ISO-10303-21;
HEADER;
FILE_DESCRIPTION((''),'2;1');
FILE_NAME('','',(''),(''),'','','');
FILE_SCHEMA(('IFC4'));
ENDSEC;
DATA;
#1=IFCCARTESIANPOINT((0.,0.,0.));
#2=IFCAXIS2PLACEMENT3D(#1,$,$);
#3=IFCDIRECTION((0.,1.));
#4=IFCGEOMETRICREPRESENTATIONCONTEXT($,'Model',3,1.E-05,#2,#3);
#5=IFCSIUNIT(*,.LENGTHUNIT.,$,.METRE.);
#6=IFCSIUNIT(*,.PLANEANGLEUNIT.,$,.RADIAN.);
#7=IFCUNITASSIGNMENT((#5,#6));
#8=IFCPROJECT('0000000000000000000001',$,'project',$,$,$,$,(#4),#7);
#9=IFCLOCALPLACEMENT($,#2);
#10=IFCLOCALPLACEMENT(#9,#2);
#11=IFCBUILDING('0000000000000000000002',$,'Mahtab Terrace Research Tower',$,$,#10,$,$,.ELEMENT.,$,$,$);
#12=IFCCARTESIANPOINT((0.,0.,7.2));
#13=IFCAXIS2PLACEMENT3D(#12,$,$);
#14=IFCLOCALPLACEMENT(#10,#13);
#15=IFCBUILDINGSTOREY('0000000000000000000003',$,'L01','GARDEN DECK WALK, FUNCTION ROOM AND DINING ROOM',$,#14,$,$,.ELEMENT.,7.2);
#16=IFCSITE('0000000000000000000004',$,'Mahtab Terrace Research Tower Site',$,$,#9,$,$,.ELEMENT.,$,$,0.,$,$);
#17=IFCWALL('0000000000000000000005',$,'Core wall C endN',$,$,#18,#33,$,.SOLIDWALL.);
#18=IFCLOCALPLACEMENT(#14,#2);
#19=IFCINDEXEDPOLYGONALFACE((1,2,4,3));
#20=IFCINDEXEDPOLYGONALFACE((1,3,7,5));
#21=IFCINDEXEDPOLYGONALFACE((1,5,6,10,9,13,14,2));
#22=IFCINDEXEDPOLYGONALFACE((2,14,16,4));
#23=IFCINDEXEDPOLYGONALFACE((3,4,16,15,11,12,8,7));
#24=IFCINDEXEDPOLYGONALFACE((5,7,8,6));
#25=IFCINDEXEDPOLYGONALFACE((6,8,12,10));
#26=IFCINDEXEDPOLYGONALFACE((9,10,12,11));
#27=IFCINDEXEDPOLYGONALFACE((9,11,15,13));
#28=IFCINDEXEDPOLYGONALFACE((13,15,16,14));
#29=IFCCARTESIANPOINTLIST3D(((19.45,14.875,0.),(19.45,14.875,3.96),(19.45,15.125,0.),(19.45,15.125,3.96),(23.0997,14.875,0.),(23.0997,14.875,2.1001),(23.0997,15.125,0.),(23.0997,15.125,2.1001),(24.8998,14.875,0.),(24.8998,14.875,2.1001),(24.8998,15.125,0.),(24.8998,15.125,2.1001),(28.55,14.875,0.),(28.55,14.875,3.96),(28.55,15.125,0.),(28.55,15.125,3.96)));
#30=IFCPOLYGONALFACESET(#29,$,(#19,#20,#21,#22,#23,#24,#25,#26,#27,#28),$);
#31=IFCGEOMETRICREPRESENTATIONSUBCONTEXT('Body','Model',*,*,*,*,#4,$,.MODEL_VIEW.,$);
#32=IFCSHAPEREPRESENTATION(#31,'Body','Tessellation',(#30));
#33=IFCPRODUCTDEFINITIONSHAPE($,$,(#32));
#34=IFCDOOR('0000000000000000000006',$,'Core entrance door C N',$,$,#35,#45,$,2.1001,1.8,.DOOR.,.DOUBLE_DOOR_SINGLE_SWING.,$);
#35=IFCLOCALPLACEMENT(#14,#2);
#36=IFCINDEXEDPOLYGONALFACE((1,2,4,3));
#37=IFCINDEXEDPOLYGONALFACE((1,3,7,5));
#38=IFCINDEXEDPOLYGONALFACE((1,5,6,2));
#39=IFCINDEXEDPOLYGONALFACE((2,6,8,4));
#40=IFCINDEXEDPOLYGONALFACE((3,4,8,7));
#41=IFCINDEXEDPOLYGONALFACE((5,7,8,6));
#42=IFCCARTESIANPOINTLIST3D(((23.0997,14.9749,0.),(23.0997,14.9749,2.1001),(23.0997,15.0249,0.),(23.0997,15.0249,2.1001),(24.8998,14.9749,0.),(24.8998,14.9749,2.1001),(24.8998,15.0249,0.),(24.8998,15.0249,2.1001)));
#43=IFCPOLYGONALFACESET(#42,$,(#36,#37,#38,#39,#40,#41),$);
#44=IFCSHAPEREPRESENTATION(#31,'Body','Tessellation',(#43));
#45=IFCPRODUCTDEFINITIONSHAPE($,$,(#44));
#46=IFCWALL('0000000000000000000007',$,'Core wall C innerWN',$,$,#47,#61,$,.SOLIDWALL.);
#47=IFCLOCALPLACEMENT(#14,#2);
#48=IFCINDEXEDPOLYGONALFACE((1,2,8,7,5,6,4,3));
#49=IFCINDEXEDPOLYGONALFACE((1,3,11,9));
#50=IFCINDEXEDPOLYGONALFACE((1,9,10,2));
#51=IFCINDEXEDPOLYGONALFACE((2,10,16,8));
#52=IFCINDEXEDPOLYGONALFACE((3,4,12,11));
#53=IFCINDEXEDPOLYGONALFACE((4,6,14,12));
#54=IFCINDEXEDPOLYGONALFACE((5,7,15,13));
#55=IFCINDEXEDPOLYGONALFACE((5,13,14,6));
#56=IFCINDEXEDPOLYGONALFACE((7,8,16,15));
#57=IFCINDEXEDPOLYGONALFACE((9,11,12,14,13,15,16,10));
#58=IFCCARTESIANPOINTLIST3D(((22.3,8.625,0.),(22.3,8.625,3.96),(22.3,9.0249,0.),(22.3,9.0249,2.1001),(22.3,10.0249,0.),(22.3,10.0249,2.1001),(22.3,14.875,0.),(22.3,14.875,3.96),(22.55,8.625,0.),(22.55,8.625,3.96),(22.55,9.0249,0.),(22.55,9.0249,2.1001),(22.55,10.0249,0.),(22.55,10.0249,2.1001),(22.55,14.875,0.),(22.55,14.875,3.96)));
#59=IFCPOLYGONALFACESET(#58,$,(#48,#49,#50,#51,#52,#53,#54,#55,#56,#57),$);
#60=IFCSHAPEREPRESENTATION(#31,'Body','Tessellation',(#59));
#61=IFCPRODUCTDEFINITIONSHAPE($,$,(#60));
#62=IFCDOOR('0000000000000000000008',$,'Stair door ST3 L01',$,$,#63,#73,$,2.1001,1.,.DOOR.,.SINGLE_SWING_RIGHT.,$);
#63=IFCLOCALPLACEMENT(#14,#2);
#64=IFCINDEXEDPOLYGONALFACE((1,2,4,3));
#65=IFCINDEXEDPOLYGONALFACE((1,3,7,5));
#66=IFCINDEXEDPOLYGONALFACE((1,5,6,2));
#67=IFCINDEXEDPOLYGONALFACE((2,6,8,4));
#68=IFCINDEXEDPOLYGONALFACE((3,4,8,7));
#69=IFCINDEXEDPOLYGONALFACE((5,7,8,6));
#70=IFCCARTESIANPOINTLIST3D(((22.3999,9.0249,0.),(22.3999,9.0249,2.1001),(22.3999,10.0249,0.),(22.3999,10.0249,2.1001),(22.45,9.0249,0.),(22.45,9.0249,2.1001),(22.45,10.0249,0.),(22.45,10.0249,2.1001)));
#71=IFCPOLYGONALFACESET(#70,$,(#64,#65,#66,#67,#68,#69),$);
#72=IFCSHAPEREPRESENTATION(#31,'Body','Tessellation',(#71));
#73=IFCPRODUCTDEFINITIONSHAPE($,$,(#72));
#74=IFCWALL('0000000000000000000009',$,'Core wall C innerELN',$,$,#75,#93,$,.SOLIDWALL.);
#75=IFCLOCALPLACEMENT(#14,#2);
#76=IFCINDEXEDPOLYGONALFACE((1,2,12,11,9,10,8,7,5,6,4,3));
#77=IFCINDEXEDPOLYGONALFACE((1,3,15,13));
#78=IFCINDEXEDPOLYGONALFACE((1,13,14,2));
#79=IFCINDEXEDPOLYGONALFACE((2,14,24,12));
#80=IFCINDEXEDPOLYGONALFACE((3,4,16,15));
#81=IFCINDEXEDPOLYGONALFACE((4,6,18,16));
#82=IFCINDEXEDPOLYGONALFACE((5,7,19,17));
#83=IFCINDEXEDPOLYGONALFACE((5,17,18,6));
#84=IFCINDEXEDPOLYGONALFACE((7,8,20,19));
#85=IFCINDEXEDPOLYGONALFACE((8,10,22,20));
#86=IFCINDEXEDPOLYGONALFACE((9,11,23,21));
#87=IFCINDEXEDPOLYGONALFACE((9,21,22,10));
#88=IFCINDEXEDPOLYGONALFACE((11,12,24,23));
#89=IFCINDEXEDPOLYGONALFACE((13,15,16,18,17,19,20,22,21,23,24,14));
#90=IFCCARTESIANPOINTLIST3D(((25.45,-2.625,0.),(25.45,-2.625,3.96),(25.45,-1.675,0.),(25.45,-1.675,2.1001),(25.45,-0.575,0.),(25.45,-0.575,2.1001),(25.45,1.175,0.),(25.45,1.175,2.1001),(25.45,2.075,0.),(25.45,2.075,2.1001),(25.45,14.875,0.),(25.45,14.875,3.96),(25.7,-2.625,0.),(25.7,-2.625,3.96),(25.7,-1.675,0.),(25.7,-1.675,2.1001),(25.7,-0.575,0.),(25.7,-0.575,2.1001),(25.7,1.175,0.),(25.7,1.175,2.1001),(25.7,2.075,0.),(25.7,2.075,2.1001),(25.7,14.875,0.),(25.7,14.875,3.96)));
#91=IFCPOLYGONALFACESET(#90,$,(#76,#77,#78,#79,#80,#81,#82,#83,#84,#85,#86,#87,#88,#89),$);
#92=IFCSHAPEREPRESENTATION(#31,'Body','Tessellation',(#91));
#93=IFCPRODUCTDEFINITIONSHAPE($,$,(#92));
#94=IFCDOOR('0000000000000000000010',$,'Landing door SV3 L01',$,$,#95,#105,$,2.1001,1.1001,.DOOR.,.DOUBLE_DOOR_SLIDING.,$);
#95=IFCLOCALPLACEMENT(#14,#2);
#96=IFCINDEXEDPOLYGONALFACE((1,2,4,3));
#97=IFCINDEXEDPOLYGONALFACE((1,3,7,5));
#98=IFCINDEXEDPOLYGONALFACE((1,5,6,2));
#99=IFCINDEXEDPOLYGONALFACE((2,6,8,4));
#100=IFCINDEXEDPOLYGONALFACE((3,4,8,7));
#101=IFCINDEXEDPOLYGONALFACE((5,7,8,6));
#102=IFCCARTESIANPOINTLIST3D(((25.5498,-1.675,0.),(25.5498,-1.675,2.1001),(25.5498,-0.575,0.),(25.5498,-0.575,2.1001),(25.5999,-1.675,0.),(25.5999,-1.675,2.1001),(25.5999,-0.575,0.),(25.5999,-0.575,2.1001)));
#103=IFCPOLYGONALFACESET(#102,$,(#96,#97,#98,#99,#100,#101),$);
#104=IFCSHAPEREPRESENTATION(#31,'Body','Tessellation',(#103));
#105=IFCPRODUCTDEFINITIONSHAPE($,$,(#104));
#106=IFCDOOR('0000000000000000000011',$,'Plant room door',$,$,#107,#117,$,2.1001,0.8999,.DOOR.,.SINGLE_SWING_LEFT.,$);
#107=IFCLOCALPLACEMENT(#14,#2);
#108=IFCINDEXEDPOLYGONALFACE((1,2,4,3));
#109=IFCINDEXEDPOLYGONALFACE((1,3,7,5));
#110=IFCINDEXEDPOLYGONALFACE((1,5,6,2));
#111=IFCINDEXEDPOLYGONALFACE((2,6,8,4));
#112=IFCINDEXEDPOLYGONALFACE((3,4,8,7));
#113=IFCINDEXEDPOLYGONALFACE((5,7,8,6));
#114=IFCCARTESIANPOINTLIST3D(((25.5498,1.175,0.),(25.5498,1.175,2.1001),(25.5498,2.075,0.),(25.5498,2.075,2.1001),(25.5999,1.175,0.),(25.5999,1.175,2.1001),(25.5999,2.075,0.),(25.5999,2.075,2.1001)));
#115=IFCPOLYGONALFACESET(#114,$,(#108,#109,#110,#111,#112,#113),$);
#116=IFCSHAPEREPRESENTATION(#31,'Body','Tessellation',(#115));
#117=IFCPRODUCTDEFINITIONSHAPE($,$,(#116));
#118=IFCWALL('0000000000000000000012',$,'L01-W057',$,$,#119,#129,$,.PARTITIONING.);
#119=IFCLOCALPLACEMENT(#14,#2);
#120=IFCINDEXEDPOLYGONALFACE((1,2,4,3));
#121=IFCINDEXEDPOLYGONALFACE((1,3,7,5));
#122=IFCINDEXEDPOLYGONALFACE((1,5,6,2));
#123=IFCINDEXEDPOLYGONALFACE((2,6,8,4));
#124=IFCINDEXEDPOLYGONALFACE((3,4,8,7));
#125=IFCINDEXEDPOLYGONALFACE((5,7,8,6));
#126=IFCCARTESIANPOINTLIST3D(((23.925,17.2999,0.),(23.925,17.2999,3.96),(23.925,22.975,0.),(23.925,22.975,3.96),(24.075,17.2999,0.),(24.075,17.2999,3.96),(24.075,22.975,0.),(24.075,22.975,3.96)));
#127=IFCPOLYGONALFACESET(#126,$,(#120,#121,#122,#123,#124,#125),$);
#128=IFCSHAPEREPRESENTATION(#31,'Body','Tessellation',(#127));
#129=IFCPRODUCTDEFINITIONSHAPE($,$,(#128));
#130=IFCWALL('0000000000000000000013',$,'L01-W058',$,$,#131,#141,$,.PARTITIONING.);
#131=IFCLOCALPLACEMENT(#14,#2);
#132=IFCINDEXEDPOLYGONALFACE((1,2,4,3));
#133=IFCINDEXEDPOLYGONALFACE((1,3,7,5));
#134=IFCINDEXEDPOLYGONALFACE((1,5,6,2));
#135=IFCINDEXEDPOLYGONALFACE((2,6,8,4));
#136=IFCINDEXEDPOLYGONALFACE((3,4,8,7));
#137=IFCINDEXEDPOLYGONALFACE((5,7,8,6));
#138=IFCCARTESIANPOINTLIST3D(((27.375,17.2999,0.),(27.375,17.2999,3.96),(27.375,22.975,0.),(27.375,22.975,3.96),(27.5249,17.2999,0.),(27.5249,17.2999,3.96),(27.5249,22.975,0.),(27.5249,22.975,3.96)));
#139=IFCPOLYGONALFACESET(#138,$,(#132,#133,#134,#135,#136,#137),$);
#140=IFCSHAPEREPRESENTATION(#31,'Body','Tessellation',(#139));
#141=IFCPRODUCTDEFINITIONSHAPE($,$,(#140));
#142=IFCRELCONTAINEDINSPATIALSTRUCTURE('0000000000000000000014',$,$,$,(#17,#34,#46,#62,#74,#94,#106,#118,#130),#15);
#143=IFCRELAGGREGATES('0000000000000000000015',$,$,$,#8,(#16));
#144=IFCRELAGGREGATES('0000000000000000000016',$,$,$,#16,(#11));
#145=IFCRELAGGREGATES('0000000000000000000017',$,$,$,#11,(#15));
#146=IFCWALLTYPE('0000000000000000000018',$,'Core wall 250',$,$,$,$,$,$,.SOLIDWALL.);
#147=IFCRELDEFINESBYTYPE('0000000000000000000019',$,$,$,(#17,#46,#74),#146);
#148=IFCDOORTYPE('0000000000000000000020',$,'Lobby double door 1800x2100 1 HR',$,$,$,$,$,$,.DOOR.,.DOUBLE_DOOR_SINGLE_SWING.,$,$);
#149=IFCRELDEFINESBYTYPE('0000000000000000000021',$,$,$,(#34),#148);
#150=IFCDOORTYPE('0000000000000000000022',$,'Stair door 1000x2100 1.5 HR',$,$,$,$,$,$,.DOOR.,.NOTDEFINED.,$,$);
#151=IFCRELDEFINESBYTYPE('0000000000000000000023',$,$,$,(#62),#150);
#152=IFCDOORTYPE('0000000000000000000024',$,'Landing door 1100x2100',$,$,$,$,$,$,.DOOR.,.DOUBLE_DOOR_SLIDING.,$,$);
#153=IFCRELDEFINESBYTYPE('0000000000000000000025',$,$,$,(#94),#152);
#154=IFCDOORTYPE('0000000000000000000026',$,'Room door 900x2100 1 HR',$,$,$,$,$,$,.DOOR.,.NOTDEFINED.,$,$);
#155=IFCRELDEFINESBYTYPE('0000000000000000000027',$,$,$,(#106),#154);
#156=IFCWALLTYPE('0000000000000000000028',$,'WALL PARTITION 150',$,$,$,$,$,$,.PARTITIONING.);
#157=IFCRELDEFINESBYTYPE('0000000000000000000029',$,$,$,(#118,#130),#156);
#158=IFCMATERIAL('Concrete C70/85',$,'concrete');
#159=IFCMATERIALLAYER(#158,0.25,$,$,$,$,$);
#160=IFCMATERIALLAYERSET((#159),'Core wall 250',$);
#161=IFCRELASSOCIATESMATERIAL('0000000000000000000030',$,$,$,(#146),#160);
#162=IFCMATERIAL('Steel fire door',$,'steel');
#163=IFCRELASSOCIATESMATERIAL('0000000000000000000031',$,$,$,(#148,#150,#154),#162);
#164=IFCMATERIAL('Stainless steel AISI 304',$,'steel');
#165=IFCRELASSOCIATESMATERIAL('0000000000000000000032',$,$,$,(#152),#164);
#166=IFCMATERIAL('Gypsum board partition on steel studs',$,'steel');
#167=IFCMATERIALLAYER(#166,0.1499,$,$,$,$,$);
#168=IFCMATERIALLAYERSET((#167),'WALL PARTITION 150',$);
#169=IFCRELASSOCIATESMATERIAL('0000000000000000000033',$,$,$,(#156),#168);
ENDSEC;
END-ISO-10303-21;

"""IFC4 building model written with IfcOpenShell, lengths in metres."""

from ifc_helpers import new_model, si_unit, direction, frame, frame_2d, origin, place, context, subcontext, project, spatial, rectangle, extrude, material, layer, layer_set, type_object, element, fill, save


model = new_model("IFC4")

# Units and contexts
model_context = context("Model", 3, precision=1e-05, world=origin(), true_north=direction((0.0, 1.0)))
body_context = subcontext(model_context, "Body", "Model", "MODEL_VIEW")
ifc_project = project(units=[si_unit("LENGTHUNIT", "METRE"), si_unit("PLANEANGLEUNIT", "RADIAN")], contexts=[model_context])

# Site, building, storey
site_placement = place(None, origin())
site = spatial("IfcSite", under=ifc_project, at=site_placement, Name="Mahtab Terrace Research Tower Site", CompositionType="ELEMENT", RefElevation=0.0)
building_placement = place(site_placement, origin())
building = spatial("IfcBuilding", under=site, at=building_placement, Name="Mahtab Terrace Research Tower", CompositionType="ELEMENT")
storey_placement = place(building_placement, frame((0.0, 0.0, 7.2)))
storey = spatial("IfcBuildingStorey", under=building, at=storey_placement, Name="L01", Description="GARDEN DECK WALK, FUNCTION ROOM AND DINING ROOM", CompositionType="ELEMENT", Elevation=7.2)

# Shared definitions
ifc_material_1 = material(Name="Concrete C70/85", Category="concrete")

# Shared definitions
ifc_layer_1 = layer(ifc_material_1, 0.25)
ifc_layer_set_1 = layer_set([ifc_layer_1], Name="Core wall 250")
wall_type_1 = type_object("IfcWallType", Name="Core wall 250", PredefinedType="SOLIDWALL", material=ifc_layer_set_1)

# Walls, openings, doors
wall_1_placement = place(storey_placement, frame((19.45, 15.0, 0.0), z_axis=(0.0, 0.0, 1.0), x_axis=(1.0, 0.0, 0.0)))
wall_1 = element("IfcWall", 1, at=wall_1_placement, inside=storey, type_object=wall_type_1, Name="Core wall C endN", PredefinedType="SOLIDWALL", context=body_context, shape_type="SweptSolid", body=[
    extrude(rectangle(XDim=9.1001, YDim=0.25, at=frame_2d((4.55, 0.0))), origin(), (0.0, 0.0, 1.0), 3.96),
])
opening_1_placement = place(wall_1_placement, frame((3.6499, 0.0, 0.0)))
opening_1 = element("IfcOpeningElement", 2, at=opening_1_placement, cuts=wall_1, PredefinedType="OPENING", context=body_context, shape_type="SweptSolid", body=[
    extrude(rectangle(XDim=1.8, YDim=2.1001, at=frame_2d((0.8999, 1.05))), frame((0.0, 0.135, 0.0), z_axis=(0.0, -1.0, 0.0), x_axis=(1.0, 0.0, 0.0)), (0.0, 0.0, 1.0), 0.27),
])
ifc_material_2 = material(Name="Steel fire door", Category="steel")
door_type_1 = type_object("IfcDoorType", Name="Lobby double door 1800x2100 1 HR", OperationType="DOUBLE_DOOR_SINGLE_SWING", PredefinedType="DOOR", material=ifc_material_2)
door_1_placement = place(opening_1_placement, origin())
door_1 = element("IfcDoor", 3, at=door_1_placement, inside=storey, type_object=door_type_1, Name="Core entrance door C N", OperationType="DOUBLE_DOOR_SINGLE_SWING", OverallHeight=2.1001, OverallWidth=1.8, PredefinedType="DOOR", context=body_context, shape_type="SweptSolid", body=[
    extrude(rectangle(XDim=1.8, YDim=2.1001, at=frame_2d((0.8999, 1.05))), frame((0.0, 0.0249, 0.0), z_axis=(0.0, -1.0, 0.0), x_axis=(1.0, 0.0, 0.0)), (0.0, 0.0, 1.0), 0.05),
])
fill(opening_1, door_1)
wall_2_placement = place(storey_placement, frame((22.425, 14.875, 0.0), z_axis=(0.0, 0.0, 1.0), x_axis=(0.0, -1.0, 0.0)))
wall_2 = element("IfcWall", 4, at=wall_2_placement, inside=storey, type_object=wall_type_1, Name="Core wall C innerWN", PredefinedType="SOLIDWALL", context=body_context, shape_type="SweptSolid", body=[
    extrude(rectangle(XDim=6.25, YDim=0.25, at=frame_2d((3.125, 0.0))), origin(), (0.0, 0.0, 1.0), 3.96),
])
opening_2_placement = place(wall_2_placement, frame((4.8501, 0.0, 0.0)))
opening_2 = element("IfcOpeningElement", 5, at=opening_2_placement, cuts=wall_2, PredefinedType="OPENING", context=body_context, shape_type="SweptSolid", body=[
    extrude(rectangle(XDim=1.0, YDim=2.1001, at=frame_2d((0.5, 1.05))), frame((0.0, 0.135, 0.0), z_axis=(0.0, -1.0, 0.0), x_axis=(1.0, 0.0, 0.0)), (0.0, 0.0, 1.0), 0.27),
])
door_type_2 = type_object("IfcDoorType", Name="Stair door 1000x2100 1.5 HR", OperationType="NOTDEFINED", PredefinedType="DOOR", material=ifc_material_2)
door_2_placement = place(opening_2_placement, origin())
door_2 = element("IfcDoor", 6, at=door_2_placement, inside=storey, type_object=door_type_2, Name="Stair door ST3 L01", OperationType="SINGLE_SWING_RIGHT", OverallHeight=2.1001, OverallWidth=1.0, PredefinedType="DOOR", context=body_context, shape_type="SweptSolid", body=[
    extrude(rectangle(XDim=1.0, YDim=2.1001, at=frame_2d((0.5, 1.05))), frame((0.0, 0.0249, 0.0), z_axis=(0.0, -1.0, 0.0), x_axis=(1.0, 0.0, 0.0)), (0.0, 0.0, 1.0), 0.05),
])
fill(opening_2, door_2)

# Wall, openings, doors
wall_3_placement = place(storey_placement, frame((25.575, 14.875, 0.0), z_axis=(0.0, 0.0, 1.0), x_axis=(0.0, -1.0, 0.0)))
wall_3 = element("IfcWall", 7, at=wall_3_placement, inside=storey, type_object=wall_type_1, Name="Core wall C innerELN", PredefinedType="SOLIDWALL", context=body_context, shape_type="SweptSolid", body=[
    extrude(rectangle(XDim=17.5, YDim=0.25, at=frame_2d((8.75, 0.0))), origin(), (0.0, 0.0, 1.0), 3.96),
])
opening_3_placement = place(wall_3_placement, frame((15.45, 0.0, 0.0)))
opening_3 = element("IfcOpeningElement", 8, at=opening_3_placement, cuts=wall_3, PredefinedType="OPENING", context=body_context, shape_type="SweptSolid", body=[
    extrude(rectangle(XDim=1.1001, YDim=2.1001, at=frame_2d((0.55, 1.05))), frame((0.0, 0.135, 0.0), z_axis=(0.0, -1.0, 0.0), x_axis=(1.0, 0.0, 0.0)), (0.0, 0.0, 1.0), 0.27),
])
opening_4_placement = place(wall_3_placement, frame((12.8, 0.0, 0.0)))
opening_4 = element("IfcOpeningElement", 9, at=opening_4_placement, cuts=wall_3, PredefinedType="OPENING", context=body_context, shape_type="SweptSolid", body=[
    extrude(rectangle(XDim=0.8999, YDim=2.1001, at=frame_2d((0.45, 1.05))), frame((0.0, 0.135, 0.0), z_axis=(0.0, -1.0, 0.0), x_axis=(1.0, 0.0, 0.0)), (0.0, 0.0, 1.0), 0.27),
])
ifc_material_3 = material(Name="Stainless steel AISI 304", Category="steel")
door_type_3 = type_object("IfcDoorType", Name="Landing door 1100x2100", OperationType="DOUBLE_DOOR_SLIDING", PredefinedType="DOOR", material=ifc_material_3)
door_3_placement = place(opening_3_placement, origin())
door_3 = element("IfcDoor", 10, at=door_3_placement, inside=storey, type_object=door_type_3, Name="Landing door SV3 L01", OperationType="DOUBLE_DOOR_SLIDING", OverallHeight=2.1001, OverallWidth=1.1001, PredefinedType="DOOR", context=body_context, shape_type="SweptSolid", body=[
    extrude(rectangle(XDim=1.1001, YDim=2.1001, at=frame_2d((0.55, 1.05))), frame((0.0, 0.0249, 0.0), z_axis=(0.0, -1.0, 0.0), x_axis=(1.0, 0.0, 0.0)), (0.0, 0.0, 1.0), 0.05),
])
fill(opening_3, door_3)
door_type_4 = type_object("IfcDoorType", Name="Room door 900x2100 1 HR", OperationType="NOTDEFINED", PredefinedType="DOOR", material=ifc_material_2)
door_4_placement = place(opening_4_placement, origin())
door_4 = element("IfcDoor", 11, at=door_4_placement, inside=storey, type_object=door_type_4, Name="Plant room door", OperationType="SINGLE_SWING_LEFT", OverallHeight=2.1001, OverallWidth=0.8999, PredefinedType="DOOR", context=body_context, shape_type="SweptSolid", body=[
    extrude(rectangle(XDim=0.8999, YDim=2.1001, at=frame_2d((0.45, 1.05))), frame((0.0, 0.0249, 0.0), z_axis=(0.0, -1.0, 0.0), x_axis=(1.0, 0.0, 0.0)), (0.0, 0.0, 1.0), 0.05),
])
fill(opening_4, door_4)

# Walls
ifc_material_4 = material(Name="Gypsum board partition on steel studs", Category="steel")
ifc_layer_2 = layer(ifc_material_4, 0.1499)
ifc_layer_set_2 = layer_set([ifc_layer_2], Name="WALL PARTITION 150")
wall_type_2 = type_object("IfcWallType", Name="WALL PARTITION 150", PredefinedType="PARTITIONING", material=ifc_layer_set_2)
for number, where, z_axis, x_axis, name in (
    (12, (24.0, 17.3, 0.0), (0.0, 0.0, 1.0), (0.0, 1.0, 0.0), "L01-W057"),
    (13, (27.45, 17.3, 0.0), (0.0, 0.0, 1.0), (0.0, 1.0, 0.0), "L01-W058"),
):
    element("IfcWall", number, at=place(storey_placement, frame(where, z_axis=z_axis, x_axis=x_axis)), inside=storey, type_object=wall_type_2, Name=name, PredefinedType="PARTITIONING", context=body_context, shape_type="SweptSolid", body=[
        extrude(rectangle(XDim=5.675, YDim=0.1499, at=frame_2d((2.8374, 0.0))), origin(), (0.0, 0.0, 1.0), 3.96),
    ])

save(model, "model.ifc")
